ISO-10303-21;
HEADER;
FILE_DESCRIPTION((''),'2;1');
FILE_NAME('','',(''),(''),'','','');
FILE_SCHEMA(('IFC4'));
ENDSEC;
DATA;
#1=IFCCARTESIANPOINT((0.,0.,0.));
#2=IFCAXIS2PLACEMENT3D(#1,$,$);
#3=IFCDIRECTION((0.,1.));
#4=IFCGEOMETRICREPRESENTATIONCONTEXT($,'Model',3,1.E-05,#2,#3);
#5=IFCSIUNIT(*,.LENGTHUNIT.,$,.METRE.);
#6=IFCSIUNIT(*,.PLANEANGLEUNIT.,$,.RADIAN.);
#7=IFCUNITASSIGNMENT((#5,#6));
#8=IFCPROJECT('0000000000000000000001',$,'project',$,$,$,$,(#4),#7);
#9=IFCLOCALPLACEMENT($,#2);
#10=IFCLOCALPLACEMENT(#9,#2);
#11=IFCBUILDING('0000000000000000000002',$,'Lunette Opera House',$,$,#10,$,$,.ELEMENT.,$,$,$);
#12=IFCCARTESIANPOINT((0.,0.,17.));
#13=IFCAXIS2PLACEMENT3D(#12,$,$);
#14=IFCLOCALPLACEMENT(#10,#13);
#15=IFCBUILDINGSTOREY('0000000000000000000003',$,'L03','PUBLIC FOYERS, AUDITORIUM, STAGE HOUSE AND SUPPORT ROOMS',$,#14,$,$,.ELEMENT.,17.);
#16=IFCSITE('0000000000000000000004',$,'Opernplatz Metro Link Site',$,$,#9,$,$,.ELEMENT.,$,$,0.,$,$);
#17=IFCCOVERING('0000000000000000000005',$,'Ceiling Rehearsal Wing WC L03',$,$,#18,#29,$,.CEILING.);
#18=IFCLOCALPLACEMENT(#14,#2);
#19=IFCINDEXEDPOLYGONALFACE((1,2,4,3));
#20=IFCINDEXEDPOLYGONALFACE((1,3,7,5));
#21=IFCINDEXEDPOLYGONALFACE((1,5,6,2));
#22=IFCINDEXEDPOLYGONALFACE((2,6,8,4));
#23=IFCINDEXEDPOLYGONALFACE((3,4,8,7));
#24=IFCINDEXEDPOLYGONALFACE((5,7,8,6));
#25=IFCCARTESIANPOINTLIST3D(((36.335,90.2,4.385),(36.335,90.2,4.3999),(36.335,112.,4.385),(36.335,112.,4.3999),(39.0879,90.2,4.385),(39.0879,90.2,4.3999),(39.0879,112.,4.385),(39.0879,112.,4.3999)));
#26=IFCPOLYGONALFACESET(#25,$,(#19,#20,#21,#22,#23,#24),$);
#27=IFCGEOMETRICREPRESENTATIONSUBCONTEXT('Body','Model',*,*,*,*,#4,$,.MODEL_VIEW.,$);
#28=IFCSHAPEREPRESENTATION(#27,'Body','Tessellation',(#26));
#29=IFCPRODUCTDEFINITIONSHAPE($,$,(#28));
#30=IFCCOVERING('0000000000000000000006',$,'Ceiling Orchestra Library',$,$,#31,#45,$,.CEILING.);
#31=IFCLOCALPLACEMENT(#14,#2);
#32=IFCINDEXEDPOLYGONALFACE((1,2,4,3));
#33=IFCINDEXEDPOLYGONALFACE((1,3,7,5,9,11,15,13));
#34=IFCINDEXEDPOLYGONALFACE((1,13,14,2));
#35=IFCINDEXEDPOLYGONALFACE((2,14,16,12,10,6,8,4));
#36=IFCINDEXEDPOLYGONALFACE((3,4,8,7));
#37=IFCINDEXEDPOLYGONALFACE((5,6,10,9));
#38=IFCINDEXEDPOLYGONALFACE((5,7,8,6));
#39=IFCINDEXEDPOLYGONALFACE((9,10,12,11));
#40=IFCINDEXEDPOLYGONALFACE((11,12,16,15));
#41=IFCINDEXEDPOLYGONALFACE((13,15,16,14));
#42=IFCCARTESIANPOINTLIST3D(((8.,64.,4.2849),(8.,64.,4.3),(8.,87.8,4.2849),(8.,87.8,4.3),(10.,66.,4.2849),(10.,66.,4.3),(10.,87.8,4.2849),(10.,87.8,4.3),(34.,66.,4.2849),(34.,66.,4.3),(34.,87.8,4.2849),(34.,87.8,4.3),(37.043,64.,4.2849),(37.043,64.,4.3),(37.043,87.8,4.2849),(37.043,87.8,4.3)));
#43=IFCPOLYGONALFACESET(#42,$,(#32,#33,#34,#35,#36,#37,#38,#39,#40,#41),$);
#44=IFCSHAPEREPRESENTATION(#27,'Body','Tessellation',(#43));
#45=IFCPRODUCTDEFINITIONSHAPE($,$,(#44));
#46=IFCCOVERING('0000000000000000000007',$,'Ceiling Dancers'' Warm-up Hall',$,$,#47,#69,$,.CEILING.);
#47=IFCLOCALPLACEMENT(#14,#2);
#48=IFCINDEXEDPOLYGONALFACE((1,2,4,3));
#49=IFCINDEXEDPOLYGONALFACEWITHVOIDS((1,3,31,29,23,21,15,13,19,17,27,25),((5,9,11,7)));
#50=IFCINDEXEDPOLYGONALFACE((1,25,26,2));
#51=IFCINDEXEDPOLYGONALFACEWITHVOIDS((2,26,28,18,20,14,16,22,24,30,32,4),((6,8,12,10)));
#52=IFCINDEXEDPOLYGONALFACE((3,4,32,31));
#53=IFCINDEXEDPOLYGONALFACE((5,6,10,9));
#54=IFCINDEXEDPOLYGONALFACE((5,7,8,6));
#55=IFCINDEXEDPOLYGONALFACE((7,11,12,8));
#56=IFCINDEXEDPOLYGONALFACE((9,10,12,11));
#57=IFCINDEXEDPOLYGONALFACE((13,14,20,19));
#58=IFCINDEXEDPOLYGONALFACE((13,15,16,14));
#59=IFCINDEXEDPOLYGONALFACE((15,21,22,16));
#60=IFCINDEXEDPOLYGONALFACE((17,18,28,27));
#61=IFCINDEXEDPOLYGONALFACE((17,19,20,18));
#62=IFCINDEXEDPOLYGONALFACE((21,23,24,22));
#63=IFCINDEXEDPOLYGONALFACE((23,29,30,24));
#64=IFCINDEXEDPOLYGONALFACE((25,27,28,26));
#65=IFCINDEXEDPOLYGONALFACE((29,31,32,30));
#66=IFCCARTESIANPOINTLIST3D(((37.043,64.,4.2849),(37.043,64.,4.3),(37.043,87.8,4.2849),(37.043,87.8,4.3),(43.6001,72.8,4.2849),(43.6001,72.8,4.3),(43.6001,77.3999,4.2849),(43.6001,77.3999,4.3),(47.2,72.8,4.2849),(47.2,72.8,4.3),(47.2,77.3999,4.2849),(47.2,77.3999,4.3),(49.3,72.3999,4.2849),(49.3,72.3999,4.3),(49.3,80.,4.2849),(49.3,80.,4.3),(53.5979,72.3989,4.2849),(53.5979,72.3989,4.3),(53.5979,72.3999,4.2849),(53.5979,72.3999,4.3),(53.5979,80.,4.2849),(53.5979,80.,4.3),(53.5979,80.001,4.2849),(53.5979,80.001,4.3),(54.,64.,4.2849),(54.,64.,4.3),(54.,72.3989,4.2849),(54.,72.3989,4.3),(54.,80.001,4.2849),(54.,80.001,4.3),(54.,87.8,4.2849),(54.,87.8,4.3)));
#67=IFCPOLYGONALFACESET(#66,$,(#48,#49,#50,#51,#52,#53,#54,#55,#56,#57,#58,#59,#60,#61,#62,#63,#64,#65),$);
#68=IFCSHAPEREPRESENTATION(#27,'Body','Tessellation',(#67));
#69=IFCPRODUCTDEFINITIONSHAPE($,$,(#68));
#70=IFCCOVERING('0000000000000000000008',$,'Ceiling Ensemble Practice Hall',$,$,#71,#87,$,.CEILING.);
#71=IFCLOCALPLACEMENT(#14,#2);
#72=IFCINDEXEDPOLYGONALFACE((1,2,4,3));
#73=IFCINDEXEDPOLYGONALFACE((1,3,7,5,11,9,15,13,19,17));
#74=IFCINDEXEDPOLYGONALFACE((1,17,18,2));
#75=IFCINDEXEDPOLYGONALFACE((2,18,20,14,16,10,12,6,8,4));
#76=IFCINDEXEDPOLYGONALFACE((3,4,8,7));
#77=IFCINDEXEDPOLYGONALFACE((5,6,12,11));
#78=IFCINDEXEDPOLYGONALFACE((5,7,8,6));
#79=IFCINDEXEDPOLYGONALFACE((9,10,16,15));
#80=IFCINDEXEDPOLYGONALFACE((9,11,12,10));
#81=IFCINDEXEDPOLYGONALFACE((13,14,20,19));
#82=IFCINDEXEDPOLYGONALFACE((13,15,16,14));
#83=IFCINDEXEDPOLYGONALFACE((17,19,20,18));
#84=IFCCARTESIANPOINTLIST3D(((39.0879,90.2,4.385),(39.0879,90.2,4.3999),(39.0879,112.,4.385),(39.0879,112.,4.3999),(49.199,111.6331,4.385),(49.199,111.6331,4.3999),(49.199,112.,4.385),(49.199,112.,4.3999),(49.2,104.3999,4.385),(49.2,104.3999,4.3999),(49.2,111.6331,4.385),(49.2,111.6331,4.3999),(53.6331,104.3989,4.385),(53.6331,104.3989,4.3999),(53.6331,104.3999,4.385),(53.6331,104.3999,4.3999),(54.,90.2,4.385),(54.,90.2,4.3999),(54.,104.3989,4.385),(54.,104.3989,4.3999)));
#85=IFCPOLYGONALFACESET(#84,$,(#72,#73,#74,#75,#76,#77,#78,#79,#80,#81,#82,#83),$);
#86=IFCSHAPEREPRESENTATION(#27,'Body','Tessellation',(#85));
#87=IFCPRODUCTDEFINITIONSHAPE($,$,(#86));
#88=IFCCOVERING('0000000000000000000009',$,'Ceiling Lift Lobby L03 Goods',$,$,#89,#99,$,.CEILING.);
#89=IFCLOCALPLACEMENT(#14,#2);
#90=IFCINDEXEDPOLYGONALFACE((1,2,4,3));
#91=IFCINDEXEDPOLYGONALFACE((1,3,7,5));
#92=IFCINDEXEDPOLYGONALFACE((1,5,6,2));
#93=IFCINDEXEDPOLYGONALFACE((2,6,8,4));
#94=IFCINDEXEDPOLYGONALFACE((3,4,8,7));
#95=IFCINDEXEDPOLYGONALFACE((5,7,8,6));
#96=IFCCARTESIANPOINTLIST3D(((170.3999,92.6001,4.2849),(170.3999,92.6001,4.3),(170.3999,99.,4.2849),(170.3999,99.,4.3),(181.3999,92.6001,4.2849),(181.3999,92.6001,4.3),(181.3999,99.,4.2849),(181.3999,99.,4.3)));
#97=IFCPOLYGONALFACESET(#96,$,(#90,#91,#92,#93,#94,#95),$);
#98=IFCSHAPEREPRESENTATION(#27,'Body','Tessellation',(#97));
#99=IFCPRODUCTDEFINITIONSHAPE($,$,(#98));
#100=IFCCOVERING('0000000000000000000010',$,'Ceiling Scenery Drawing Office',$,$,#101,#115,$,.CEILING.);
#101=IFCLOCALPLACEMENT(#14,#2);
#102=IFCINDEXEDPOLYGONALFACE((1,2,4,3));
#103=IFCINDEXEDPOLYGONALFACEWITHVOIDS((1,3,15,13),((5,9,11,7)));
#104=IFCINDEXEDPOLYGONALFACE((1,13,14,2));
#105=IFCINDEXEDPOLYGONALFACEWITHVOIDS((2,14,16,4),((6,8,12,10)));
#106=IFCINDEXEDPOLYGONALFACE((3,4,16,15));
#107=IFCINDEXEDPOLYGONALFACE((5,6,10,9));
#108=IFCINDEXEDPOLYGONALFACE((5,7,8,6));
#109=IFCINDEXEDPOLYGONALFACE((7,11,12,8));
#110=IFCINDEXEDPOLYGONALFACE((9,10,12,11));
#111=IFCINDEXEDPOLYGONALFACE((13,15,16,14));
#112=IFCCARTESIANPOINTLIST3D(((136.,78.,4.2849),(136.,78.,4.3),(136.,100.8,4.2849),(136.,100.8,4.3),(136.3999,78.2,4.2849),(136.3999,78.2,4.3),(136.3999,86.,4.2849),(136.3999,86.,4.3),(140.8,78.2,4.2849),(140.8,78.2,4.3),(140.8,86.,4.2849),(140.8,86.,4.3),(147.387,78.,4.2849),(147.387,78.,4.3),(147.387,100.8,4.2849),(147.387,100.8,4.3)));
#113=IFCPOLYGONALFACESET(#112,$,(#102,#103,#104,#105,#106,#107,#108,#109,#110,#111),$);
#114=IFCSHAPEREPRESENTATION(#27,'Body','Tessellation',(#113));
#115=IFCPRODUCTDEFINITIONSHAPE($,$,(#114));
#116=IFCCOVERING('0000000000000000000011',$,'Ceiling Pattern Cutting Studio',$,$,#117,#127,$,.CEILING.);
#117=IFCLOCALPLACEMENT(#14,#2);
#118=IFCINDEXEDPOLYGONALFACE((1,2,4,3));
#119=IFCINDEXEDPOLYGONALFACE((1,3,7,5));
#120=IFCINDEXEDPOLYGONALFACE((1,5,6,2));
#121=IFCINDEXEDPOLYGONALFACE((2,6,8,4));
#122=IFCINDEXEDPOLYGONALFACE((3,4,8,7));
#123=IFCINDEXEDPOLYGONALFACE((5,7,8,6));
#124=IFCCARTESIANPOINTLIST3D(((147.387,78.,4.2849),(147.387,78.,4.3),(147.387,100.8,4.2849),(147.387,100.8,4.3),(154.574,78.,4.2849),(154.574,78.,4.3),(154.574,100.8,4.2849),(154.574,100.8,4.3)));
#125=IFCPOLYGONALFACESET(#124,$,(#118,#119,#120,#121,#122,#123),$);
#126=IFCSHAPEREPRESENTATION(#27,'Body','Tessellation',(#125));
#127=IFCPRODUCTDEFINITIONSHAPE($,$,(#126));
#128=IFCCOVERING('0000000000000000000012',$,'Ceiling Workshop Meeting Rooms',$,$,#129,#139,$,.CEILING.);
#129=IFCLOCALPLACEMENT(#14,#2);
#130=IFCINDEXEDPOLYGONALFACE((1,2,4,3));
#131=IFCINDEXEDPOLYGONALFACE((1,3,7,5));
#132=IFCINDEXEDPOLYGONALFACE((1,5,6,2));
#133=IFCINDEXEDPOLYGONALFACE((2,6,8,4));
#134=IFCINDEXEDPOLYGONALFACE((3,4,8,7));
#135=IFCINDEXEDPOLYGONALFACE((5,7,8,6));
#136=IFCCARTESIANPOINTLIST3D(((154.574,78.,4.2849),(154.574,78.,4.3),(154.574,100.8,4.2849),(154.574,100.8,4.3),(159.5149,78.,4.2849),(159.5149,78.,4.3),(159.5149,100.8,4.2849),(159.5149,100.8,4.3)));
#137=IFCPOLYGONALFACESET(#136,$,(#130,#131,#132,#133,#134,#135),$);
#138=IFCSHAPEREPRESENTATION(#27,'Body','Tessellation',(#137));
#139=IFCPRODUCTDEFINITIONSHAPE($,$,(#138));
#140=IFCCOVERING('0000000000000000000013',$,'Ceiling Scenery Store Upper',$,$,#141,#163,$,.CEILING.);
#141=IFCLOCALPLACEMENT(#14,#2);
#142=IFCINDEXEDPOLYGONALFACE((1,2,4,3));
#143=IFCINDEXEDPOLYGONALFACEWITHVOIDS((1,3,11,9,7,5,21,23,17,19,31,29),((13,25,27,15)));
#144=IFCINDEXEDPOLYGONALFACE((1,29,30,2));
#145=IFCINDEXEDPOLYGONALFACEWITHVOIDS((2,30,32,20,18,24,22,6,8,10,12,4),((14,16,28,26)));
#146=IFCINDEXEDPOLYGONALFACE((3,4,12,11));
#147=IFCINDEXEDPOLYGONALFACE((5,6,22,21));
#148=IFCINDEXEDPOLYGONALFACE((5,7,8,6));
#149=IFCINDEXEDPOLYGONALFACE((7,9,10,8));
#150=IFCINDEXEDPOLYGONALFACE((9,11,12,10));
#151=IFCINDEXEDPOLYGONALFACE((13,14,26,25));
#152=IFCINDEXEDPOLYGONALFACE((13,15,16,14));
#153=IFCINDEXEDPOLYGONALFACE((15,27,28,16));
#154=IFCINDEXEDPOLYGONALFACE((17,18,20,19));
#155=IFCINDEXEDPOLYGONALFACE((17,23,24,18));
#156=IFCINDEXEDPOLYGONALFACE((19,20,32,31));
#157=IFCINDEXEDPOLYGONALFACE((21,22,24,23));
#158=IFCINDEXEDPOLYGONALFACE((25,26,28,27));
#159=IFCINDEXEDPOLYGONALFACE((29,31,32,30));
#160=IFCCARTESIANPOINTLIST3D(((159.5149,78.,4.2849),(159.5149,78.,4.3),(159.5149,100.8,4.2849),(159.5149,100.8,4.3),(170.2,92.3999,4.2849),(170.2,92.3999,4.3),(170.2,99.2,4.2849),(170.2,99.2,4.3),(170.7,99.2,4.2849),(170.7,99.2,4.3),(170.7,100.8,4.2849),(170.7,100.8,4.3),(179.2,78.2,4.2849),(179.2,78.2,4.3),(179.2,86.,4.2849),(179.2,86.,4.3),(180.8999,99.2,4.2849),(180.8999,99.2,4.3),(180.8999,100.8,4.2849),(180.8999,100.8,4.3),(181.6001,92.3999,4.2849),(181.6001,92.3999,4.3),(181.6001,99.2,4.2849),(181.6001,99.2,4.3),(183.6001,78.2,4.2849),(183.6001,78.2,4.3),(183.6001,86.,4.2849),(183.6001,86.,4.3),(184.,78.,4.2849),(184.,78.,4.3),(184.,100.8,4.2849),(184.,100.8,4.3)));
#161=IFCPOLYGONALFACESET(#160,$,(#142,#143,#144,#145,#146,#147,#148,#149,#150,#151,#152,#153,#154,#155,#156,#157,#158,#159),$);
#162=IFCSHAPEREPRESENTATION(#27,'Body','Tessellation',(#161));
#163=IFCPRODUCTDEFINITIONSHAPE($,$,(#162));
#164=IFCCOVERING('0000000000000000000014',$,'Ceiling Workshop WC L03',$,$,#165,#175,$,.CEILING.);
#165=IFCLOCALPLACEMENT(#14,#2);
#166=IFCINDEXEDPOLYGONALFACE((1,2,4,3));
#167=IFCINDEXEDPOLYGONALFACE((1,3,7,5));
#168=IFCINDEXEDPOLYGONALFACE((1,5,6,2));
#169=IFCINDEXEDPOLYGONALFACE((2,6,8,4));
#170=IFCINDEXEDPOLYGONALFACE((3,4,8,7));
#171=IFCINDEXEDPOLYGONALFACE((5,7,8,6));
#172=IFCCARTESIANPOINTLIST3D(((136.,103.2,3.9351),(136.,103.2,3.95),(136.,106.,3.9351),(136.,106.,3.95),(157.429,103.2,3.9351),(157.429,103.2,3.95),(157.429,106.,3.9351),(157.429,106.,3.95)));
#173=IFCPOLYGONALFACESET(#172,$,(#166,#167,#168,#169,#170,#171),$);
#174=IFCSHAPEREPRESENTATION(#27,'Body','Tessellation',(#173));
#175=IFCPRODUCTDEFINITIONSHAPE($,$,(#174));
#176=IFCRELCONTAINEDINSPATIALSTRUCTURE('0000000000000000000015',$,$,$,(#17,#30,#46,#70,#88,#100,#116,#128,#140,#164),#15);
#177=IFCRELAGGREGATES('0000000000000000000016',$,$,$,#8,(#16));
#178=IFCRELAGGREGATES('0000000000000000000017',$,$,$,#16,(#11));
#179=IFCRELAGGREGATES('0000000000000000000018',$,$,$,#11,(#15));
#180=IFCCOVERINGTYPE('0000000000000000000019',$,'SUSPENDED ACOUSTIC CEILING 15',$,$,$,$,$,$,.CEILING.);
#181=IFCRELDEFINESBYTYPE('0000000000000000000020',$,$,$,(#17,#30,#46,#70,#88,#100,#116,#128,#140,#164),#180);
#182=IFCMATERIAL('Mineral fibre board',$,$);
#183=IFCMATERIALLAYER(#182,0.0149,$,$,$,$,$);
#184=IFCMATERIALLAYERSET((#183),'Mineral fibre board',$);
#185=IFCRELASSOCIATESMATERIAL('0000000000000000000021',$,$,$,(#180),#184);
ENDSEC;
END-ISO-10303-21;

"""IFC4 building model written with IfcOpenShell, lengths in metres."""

from ifc_helpers import new_model, si_unit, direction, frame, origin, place, context, subcontext, project, spatial, polyline, outline, extrude, material, layer, layer_set, type_object, element, save


model = new_model("IFC4")

# Units and contexts
model_context = context("Model", 3, precision=1e-05, world=origin(), true_north=direction((0.0, 1.0)))
body_context = subcontext(model_context, "Body", "Model", "MODEL_VIEW")
ifc_project = project(units=[si_unit("LENGTHUNIT", "METRE"), si_unit("PLANEANGLEUNIT", "RADIAN")], contexts=[model_context])

# Site, building, storey
site_placement = place(None, origin())
site = spatial("IfcSite", under=ifc_project, at=site_placement, Name="Opernplatz Metro Link Site", CompositionType="ELEMENT", RefElevation=0.0)
building_placement = place(site_placement, origin())
building = spatial("IfcBuilding", under=site, at=building_placement, Name="Lunette Opera House", CompositionType="ELEMENT")
storey_placement = place(building_placement, frame((0.0, 0.0, 17.0)))
storey = spatial("IfcBuildingStorey", under=building, at=storey_placement, Name="L03", Description="PUBLIC FOYERS, AUDITORIUM, STAGE HOUSE AND SUPPORT ROOMS", CompositionType="ELEMENT", Elevation=17.0)

# Coverings
ifc_material_1 = material(Name="Mineral fibre board")
ifc_layer_1 = layer(ifc_material_1, 0.0149)
ifc_layer_set_1 = layer_set([ifc_layer_1], Name="Mineral fibre board")
covering_type = type_object("IfcCoveringType", Name="SUSPENDED ACOUSTIC CEILING 15", PredefinedType="CEILING", material=ifc_layer_set_1)
covering_1_placement = place(storey_placement, frame((0.0, 0.0, 4.385)))
element("IfcCovering", 1, at=covering_1_placement, inside=storey, type_object=covering_type, Name="Ceiling Rehearsal Wing WC L03", PredefinedType="CEILING", context=body_context, shape_type="SweptSolid", body=[
    extrude(outline(polyline([(36.335, 90.2), (36.335, 112.0), (39.0879, 112.0), (39.0879, 90.2), (36.335, 90.2)])), origin(), (0.0, 0.0, 1.0), 0.0149),
])
covering_2_placement = place(storey_placement, frame((0.0, 0.0, 4.2849)))
element("IfcCovering", 2, at=covering_2_placement, inside=storey, type_object=covering_type, Name="Ceiling Orchestra Library", PredefinedType="CEILING", context=body_context, shape_type="SweptSolid", body=[
    extrude(outline(polyline([(8.0, 87.8), (10.0, 87.8), (10.0, 66.0), (34.0, 66.0), (34.0, 87.8), (37.043, 87.8), (37.043, 64.0), (8.0, 64.0), (8.0, 87.8)])), origin(), (0.0, 0.0, 1.0), 0.0151),
])
covering_3_placement = place(storey_placement, frame((0.0, 0.0, 4.2849)))
element("IfcCovering", 3, at=covering_3_placement, inside=storey, type_object=covering_type, Name="Ceiling Dancers' Warm-up Hall", PredefinedType="CEILING", context=body_context, shape_type="SweptSolid", body=[
    extrude(outline(polyline([(54.0, 80.001), (53.5979, 80.001), (53.5979, 80.0), (49.3, 80.0), (49.3, 72.3999), (53.5979, 72.3999), (53.5979, 72.3989), (54.0, 72.3989), (54.0, 64.0), (37.043, 64.0), (37.043, 87.8), (54.0, 87.8), (54.0, 80.001)]), holes=[polyline([(43.6001, 77.3999), (43.6001, 72.8), (47.2, 72.8), (47.2, 77.3999), (43.6001, 77.3999)])]), origin(), (0.0, 0.0, 1.0), 0.0151),
])
covering_4_placement = place(storey_placement, frame((0.0, 0.0, 4.385)))
element("IfcCovering", 4, at=covering_4_placement, inside=storey, type_object=covering_type, Name="Ceiling Ensemble Practice Hall", PredefinedType="CEILING", context=body_context, shape_type="SweptSolid", body=[
    extrude(outline(polyline([(49.199, 111.6331), (49.2, 111.6331), (49.2, 104.3999), (53.6331, 104.3999), (53.6331, 104.3989), (54.0, 104.3989), (54.0, 90.2), (39.0879, 90.2), (39.0879, 112.0), (49.199, 112.0), (49.199, 111.6331)])), origin(), (0.0, 0.0, 1.0), 0.0149),
])
covering_5_placement = place(storey_placement, frame((0.0, 0.0, 4.2849)))
element("IfcCovering", 5, at=covering_5_placement, inside=storey, type_object=covering_type, Name="Ceiling Lift Lobby L03 Goods", PredefinedType="CEILING", context=body_context, shape_type="SweptSolid", body=[
    extrude(outline(polyline([(181.3999, 92.6001), (181.3999, 99.0), (170.3999, 99.0), (170.3999, 92.6001), (181.3999, 92.6001)])), origin(), (0.0, 0.0, 1.0), 0.0151),
])
covering_6_placement = place(storey_placement, frame((0.0, 0.0, 4.2849)))
element("IfcCovering", 6, at=covering_6_placement, inside=storey, type_object=covering_type, Name="Ceiling Scenery Drawing Office", PredefinedType="CEILING", context=body_context, shape_type="SweptSolid", body=[
    extrude(outline(polyline([(136.0, 100.8), (147.387, 100.8), (147.387, 78.0), (136.0, 78.0), (136.0, 100.8)]), holes=[polyline([(136.3999, 78.2), (140.8, 78.2), (140.8, 86.0), (136.3999, 86.0), (136.3999, 78.2)])]), origin(), (0.0, 0.0, 1.0), 0.0151),
])
covering_7_placement = place(storey_placement, frame((0.0, 0.0, 4.2849)))
element("IfcCovering", 7, at=covering_7_placement, inside=storey, type_object=covering_type, Name="Ceiling Pattern Cutting Studio", PredefinedType="CEILING", context=body_context, shape_type="SweptSolid", body=[
    extrude(outline(polyline([(147.387, 78.0), (147.387, 100.8), (154.574, 100.8), (154.574, 78.0), (147.387, 78.0)])), origin(), (0.0, 0.0, 1.0), 0.0151),
])
covering_8_placement = place(storey_placement, frame((0.0, 0.0, 4.2849)))
element("IfcCovering", 8, at=covering_8_placement, inside=storey, type_object=covering_type, Name="Ceiling Workshop Meeting Rooms", PredefinedType="CEILING", context=body_context, shape_type="SweptSolid", body=[
    extrude(outline(polyline([(154.574, 78.0), (154.574, 100.8), (159.5149, 100.8), (159.5149, 78.0), (154.574, 78.0)])), origin(), (0.0, 0.0, 1.0), 0.0151),
])
covering_9_placement = place(storey_placement, frame((0.0, 0.0, 4.2849)))
element("IfcCovering", 9, at=covering_9_placement, inside=storey, type_object=covering_type, Name="Ceiling Scenery Store Upper", PredefinedType="CEILING", context=body_context, shape_type="SweptSolid", body=[
    extrude(outline(polyline([(170.2, 99.2), (170.2, 92.3999), (181.6001, 92.3999), (181.6001, 99.2), (180.8999, 99.2), (180.8999, 100.8), (184.0, 100.8), (184.0, 78.0), (159.5149, 78.0), (159.5149, 100.8), (170.7, 100.8), (170.7, 99.2), (170.2, 99.2)]), holes=[polyline([(183.6001, 86.0), (179.2, 86.0), (179.2, 78.2), (183.6001, 78.2), (183.6001, 86.0)])]), origin(), (0.0, 0.0, 1.0), 0.0151),
])
covering_10_placement = place(storey_placement, frame((0.0, 0.0, 3.9351)))
element("IfcCovering", 10, at=covering_10_placement, inside=storey, type_object=covering_type, Name="Ceiling Workshop WC L03", PredefinedType="CEILING", context=body_context, shape_type="SweptSolid", body=[
    extrude(outline(polyline([(136.0, 103.2), (136.0, 106.0), (157.429, 106.0), (157.429, 103.2), (136.0, 103.2)])), origin(), (0.0, 0.0, 1.0), 0.0149),
])

save(model, "model.ifc")
